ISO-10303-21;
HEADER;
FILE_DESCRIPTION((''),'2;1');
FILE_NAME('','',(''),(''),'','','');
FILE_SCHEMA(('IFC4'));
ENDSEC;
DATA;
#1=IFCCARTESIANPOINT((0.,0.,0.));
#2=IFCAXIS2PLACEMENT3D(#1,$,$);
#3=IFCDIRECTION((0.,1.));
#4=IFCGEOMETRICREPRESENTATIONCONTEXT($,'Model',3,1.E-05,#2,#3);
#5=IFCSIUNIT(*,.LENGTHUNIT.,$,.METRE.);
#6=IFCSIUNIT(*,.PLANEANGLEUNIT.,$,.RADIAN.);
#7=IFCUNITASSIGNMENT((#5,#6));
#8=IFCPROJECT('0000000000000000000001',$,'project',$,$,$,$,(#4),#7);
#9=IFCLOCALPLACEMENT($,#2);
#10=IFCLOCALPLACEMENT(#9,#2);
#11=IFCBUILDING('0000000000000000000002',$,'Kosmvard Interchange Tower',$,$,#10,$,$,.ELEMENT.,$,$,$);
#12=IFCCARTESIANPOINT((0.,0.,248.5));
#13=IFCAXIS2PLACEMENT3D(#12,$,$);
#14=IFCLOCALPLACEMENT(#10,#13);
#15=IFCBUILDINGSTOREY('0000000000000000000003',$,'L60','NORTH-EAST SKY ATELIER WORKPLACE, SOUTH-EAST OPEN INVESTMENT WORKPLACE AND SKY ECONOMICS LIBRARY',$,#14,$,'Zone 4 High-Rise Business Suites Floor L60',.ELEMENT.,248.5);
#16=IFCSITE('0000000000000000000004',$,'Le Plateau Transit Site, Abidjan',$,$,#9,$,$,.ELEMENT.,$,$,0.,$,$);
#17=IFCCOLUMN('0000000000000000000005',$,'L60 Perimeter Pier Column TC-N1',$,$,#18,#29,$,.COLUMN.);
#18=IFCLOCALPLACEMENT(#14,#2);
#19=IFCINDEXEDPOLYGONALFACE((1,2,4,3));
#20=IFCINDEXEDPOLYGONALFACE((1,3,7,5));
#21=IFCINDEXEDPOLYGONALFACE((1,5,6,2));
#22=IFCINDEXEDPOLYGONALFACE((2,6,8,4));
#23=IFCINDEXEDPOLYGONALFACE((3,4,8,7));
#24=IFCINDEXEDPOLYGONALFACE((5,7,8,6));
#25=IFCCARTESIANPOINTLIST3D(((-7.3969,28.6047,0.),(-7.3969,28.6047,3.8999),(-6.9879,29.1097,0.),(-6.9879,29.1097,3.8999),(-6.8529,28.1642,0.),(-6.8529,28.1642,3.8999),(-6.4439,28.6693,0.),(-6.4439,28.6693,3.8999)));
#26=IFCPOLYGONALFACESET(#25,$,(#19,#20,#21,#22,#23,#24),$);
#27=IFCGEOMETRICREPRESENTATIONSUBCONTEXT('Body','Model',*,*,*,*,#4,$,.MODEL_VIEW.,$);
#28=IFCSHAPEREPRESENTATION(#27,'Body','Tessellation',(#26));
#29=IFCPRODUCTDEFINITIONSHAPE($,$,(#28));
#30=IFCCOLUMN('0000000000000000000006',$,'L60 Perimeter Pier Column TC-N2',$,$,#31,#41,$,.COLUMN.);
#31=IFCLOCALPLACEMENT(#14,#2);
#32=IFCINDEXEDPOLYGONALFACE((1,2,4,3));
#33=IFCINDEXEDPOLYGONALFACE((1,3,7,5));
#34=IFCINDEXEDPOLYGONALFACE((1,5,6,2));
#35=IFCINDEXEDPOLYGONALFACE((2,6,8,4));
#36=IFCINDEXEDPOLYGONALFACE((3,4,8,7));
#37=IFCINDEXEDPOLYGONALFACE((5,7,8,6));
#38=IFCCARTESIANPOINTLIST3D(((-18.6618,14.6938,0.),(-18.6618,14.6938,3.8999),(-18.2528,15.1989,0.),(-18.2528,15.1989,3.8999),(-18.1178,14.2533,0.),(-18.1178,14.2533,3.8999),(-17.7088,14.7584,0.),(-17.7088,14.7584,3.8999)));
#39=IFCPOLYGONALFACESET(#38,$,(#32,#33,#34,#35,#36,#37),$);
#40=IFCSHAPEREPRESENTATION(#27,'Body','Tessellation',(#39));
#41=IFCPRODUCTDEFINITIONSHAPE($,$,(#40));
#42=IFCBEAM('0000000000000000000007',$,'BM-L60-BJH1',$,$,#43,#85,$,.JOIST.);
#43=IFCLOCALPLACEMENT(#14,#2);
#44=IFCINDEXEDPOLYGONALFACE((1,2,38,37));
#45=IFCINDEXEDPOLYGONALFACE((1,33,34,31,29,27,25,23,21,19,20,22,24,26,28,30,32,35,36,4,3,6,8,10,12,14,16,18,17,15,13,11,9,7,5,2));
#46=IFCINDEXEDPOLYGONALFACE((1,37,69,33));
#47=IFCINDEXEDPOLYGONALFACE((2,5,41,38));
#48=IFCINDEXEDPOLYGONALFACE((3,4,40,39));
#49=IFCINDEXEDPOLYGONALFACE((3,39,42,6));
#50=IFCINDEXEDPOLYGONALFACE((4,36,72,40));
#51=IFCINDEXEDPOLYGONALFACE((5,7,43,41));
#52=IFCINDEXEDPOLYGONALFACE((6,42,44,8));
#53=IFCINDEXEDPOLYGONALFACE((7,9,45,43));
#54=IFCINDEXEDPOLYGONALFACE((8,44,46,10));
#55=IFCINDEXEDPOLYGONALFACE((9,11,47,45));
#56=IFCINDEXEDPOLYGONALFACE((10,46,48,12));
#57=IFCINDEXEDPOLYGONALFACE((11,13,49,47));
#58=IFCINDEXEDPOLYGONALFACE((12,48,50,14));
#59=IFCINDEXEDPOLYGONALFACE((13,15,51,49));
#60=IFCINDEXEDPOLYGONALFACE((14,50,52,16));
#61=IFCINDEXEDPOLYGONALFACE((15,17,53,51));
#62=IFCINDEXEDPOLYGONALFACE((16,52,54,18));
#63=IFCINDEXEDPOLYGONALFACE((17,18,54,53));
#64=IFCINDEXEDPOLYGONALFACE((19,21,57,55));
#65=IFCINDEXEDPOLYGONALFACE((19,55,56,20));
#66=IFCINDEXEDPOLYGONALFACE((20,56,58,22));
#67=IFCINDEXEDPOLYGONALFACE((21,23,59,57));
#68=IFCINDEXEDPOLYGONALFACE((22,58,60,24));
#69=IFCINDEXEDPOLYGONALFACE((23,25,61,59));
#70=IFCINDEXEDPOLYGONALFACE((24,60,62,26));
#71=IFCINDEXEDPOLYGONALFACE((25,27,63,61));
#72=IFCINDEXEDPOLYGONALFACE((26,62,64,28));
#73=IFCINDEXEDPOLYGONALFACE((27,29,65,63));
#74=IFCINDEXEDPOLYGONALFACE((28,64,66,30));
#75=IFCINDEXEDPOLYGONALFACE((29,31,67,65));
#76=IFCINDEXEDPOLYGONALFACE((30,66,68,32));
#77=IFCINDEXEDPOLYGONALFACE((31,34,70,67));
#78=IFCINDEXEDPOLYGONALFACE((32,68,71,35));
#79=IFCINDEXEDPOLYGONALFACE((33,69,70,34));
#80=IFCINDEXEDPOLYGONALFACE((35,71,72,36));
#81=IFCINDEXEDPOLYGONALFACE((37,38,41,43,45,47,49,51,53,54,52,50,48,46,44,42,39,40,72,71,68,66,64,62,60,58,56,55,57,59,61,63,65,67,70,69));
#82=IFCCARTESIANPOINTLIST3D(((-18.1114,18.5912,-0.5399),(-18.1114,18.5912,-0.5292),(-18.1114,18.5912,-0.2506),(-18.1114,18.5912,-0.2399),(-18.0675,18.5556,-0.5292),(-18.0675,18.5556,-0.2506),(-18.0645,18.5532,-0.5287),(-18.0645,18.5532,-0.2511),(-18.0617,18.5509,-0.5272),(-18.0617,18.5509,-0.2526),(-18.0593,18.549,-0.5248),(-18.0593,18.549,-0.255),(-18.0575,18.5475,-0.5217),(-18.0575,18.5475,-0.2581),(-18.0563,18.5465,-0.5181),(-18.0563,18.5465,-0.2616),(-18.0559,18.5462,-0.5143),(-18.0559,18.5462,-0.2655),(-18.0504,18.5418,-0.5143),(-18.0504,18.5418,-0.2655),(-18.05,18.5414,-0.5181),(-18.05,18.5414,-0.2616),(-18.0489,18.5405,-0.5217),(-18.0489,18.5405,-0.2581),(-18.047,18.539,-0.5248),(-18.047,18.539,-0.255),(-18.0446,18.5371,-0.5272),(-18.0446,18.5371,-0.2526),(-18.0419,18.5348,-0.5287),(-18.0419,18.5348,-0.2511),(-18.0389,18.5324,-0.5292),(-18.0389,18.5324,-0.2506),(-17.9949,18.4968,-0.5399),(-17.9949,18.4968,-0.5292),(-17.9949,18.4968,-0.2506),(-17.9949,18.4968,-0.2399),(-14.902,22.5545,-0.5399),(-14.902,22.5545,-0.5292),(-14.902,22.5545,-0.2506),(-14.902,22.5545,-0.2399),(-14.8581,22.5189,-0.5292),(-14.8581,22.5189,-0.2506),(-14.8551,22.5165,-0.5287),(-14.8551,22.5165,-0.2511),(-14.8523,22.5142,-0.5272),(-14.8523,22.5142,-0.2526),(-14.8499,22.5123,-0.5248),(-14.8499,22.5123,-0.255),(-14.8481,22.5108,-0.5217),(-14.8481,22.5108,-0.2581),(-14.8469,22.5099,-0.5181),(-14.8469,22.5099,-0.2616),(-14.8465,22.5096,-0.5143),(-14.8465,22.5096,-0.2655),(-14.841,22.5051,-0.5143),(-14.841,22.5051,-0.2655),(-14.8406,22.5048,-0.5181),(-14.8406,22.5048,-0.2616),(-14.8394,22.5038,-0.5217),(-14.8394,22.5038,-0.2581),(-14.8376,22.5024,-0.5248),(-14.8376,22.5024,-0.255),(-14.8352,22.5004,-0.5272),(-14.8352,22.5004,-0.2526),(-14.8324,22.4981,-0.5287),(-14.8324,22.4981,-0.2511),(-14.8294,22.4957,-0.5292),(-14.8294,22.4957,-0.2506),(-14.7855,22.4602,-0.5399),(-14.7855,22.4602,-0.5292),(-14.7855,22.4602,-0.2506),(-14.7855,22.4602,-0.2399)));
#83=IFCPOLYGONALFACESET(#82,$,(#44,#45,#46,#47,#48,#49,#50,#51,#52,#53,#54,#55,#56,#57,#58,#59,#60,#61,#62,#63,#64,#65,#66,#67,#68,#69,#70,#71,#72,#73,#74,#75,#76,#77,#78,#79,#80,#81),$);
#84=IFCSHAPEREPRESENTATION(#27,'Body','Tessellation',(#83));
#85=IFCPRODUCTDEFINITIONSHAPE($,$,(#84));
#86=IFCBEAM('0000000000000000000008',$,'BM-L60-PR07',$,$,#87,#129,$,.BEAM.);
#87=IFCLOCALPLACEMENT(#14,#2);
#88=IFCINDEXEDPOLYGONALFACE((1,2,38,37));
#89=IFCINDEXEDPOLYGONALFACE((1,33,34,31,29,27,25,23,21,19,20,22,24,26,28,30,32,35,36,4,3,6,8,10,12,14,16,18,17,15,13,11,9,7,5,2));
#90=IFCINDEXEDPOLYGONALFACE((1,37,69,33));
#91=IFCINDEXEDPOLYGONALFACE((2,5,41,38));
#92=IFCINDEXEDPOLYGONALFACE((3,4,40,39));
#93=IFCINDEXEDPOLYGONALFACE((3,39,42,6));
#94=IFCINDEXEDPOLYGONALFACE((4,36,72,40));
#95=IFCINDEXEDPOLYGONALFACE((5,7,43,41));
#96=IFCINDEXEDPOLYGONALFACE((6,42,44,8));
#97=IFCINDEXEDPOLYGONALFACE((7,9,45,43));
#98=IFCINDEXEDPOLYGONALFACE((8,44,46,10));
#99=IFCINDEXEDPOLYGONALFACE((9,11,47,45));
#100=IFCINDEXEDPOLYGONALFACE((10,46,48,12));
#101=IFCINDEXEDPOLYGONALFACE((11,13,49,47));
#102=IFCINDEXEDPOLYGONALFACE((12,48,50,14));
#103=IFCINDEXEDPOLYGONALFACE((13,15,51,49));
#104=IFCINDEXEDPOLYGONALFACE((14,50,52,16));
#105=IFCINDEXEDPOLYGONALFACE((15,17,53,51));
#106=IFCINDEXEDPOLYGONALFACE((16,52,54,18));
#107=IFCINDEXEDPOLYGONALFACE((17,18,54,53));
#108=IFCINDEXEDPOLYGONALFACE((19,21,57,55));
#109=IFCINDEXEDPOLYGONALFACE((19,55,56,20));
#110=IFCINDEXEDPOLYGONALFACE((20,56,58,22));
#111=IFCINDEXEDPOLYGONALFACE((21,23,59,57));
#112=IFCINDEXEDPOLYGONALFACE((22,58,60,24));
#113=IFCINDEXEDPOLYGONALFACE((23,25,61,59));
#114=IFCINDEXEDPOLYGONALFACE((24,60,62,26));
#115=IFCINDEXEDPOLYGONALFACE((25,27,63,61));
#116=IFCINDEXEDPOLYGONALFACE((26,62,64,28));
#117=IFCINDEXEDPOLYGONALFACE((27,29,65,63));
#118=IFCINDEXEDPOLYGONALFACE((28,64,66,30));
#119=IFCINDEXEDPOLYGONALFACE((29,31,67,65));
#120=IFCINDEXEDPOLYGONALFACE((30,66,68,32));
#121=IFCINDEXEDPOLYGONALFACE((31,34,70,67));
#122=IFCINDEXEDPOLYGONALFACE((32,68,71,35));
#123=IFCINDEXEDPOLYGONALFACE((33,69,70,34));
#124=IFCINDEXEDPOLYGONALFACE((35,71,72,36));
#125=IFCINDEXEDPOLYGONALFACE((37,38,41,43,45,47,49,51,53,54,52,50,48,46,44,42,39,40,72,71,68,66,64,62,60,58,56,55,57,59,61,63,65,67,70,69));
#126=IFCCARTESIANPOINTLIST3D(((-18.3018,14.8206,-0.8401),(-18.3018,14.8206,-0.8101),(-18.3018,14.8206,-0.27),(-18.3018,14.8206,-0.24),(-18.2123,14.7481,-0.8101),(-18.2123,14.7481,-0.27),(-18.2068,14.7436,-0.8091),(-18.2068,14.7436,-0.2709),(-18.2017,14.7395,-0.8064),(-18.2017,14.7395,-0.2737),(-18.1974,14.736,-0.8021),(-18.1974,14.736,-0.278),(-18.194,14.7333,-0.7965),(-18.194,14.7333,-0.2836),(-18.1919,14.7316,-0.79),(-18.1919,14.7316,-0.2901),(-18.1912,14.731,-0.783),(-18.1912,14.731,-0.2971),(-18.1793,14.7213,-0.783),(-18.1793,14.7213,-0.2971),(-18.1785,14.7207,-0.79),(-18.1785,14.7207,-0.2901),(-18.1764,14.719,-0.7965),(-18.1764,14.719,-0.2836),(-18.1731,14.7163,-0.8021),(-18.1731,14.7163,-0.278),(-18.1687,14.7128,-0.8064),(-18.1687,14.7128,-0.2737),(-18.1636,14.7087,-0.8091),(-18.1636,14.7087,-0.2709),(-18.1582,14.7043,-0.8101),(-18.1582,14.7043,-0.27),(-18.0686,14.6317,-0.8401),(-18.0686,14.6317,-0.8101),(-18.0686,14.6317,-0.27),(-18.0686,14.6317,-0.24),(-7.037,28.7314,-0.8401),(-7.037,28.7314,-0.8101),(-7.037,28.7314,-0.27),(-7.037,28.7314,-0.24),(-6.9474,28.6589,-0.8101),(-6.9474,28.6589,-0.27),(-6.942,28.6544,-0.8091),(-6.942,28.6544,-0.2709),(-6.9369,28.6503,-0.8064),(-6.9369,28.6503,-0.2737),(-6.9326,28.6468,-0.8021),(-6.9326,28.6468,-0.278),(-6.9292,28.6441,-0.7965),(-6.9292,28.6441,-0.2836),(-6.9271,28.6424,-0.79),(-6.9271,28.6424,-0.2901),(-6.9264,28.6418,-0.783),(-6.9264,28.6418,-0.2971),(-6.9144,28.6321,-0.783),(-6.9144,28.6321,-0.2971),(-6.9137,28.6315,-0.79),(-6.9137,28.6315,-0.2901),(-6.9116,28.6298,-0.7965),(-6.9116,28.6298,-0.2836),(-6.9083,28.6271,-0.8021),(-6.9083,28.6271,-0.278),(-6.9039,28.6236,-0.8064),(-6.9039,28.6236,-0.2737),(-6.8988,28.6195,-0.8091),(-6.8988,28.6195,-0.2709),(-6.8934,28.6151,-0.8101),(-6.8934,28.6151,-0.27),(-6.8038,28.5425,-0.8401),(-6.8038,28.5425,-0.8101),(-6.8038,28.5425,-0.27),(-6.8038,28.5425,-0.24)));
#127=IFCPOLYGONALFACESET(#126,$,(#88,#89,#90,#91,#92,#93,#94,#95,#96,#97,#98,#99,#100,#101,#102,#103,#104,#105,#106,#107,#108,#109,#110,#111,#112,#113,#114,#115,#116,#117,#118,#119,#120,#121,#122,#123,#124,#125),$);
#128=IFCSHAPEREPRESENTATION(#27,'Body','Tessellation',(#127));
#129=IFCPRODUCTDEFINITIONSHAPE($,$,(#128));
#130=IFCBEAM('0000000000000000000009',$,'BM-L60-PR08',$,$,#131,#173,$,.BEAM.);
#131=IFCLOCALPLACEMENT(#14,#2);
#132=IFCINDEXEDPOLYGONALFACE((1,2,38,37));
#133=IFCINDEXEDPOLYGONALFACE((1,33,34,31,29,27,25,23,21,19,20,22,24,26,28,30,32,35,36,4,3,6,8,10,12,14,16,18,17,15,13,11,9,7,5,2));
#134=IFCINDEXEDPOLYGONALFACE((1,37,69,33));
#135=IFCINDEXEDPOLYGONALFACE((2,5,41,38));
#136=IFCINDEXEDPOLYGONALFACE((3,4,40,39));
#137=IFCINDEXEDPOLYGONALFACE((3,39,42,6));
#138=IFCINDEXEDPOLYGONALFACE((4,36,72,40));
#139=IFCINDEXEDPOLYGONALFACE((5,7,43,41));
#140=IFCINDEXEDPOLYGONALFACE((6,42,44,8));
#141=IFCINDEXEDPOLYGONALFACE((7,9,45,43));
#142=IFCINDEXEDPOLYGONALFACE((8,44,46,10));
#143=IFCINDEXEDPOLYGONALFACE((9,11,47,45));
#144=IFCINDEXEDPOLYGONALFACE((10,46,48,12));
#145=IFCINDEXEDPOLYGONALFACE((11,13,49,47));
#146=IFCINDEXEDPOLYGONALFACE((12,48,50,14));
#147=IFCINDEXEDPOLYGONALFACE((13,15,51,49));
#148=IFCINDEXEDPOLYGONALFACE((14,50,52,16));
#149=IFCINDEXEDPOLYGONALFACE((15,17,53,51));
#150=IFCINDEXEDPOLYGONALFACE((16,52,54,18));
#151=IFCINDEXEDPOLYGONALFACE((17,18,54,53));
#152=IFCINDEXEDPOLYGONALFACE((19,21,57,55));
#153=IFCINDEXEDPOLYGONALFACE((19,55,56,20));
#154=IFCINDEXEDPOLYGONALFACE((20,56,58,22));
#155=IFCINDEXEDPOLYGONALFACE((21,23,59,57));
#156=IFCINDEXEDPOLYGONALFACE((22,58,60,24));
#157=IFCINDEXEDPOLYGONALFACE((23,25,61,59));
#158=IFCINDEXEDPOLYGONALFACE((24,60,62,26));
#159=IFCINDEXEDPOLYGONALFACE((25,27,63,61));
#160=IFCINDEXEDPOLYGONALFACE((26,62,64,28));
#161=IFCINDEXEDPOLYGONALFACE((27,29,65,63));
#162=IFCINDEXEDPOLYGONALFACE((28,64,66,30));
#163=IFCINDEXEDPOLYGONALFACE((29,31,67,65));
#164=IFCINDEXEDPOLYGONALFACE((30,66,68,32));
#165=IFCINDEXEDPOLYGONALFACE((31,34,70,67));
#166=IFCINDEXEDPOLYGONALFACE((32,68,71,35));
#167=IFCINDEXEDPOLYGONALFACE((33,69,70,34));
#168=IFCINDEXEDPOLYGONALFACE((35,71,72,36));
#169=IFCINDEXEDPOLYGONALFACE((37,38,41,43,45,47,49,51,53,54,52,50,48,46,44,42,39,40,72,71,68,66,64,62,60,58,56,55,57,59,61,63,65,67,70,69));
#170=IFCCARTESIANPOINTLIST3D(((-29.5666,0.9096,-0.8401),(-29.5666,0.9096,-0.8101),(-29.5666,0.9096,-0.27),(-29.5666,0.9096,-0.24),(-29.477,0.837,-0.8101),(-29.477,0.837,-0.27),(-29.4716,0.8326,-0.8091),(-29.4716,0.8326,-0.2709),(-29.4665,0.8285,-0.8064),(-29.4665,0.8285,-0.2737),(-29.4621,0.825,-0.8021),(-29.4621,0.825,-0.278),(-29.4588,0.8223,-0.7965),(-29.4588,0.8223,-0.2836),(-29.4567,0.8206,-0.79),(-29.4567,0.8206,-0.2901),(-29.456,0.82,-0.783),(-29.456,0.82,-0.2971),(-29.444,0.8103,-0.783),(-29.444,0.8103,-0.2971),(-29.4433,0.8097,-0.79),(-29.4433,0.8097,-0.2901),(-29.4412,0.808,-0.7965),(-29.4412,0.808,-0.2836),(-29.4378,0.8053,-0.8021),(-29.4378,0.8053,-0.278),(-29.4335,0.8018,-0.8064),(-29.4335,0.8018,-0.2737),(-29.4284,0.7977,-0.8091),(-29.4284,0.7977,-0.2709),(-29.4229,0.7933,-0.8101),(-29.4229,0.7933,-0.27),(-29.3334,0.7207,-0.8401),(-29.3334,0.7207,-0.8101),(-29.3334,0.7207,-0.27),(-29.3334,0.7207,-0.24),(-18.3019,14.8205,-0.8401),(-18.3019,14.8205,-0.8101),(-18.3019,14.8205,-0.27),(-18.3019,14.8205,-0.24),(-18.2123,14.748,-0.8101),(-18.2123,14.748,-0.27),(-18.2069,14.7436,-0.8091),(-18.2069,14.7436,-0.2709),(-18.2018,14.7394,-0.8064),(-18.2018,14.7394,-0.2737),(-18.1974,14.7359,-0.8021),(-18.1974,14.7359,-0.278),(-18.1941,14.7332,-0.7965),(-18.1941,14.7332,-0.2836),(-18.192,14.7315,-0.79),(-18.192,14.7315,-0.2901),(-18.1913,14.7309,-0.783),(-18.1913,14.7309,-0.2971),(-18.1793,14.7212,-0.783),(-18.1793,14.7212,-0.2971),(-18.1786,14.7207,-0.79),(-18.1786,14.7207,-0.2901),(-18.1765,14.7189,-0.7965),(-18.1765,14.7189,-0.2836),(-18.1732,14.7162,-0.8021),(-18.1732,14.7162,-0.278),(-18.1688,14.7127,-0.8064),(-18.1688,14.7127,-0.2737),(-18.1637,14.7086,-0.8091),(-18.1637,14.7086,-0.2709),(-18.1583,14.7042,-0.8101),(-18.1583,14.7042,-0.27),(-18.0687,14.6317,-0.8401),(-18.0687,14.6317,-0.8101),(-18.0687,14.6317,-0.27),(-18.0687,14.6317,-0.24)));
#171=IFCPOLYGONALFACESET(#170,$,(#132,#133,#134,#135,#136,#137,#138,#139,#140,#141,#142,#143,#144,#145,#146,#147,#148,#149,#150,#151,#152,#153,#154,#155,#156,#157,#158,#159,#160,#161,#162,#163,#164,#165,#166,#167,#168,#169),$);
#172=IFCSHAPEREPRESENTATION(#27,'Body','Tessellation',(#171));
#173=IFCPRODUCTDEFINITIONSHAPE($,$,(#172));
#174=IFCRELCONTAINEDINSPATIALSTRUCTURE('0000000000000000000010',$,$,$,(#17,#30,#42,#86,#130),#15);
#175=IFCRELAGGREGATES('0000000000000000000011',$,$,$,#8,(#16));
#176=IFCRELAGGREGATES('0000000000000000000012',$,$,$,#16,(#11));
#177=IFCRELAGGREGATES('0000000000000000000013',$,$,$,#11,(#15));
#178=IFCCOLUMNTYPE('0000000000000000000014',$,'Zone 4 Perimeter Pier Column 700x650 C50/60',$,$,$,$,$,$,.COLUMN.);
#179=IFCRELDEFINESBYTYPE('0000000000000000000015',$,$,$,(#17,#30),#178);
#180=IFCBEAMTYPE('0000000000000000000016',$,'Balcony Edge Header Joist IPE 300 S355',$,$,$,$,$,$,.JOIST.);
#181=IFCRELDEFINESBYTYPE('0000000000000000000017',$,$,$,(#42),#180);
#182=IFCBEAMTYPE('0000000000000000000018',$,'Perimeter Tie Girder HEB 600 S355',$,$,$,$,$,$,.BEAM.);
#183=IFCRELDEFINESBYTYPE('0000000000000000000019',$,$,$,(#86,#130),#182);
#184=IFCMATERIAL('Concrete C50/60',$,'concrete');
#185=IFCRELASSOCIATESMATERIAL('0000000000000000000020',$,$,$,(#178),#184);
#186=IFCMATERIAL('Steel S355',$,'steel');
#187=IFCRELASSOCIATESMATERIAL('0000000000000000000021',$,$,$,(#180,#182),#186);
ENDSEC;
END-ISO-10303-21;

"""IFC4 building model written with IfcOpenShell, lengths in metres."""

from ifc_helpers import new_model, si_unit, direction, frame, origin, origin_2d, place, context, subcontext, project, spatial, rectangle, i_section, extrude, source, transform, mapped, material, material_profile, profile_set, type_object, element, save


model = new_model("IFC4")

# Units and contexts
model_context = context("Model", 3, precision=1e-05, world=origin(), true_north=direction((0.0, 1.0)))
body_context = subcontext(model_context, "Body", "Model", "MODEL_VIEW")
ifc_project = project(units=[si_unit("LENGTHUNIT", "METRE"), si_unit("PLANEANGLEUNIT", "RADIAN")], contexts=[model_context])

# Site, building, storey
site_placement = place(None, origin())
site = spatial("IfcSite", under=ifc_project, at=site_placement, Name="Le Plateau Transit Site, Abidjan", CompositionType="ELEMENT", RefElevation=0.0)
building_placement = place(site_placement, origin())
building = spatial("IfcBuilding", under=site, at=building_placement, Name="Kosmvard Interchange Tower", CompositionType="ELEMENT")
storey_placement = place(building_placement, frame((0.0, 0.0, 248.5)))
storey = spatial("IfcBuildingStorey", under=building, at=storey_placement, Name="L60", Description="NORTH-EAST SKY ATELIER WORKPLACE, SOUTH-EAST OPEN INVESTMENT WORKPLACE AND SKY ECONOMICS LIBRARY", LongName="Zone 4 High-Rise Business Suites Floor L60", CompositionType="ELEMENT", Elevation=248.5)

# Columns
ifc_material_1 = material(Name="Concrete C50/60", Category="concrete")
ifc_material_profile_1 = material_profile(ifc_material_1, rectangle(XDim=0.6499, YDim=0.7, at=origin_2d()), Name="TC 700x650")
ifc_profile_set_1 = profile_set([ifc_material_profile_1], Name="Concrete C50/60")
column_type = type_object("IfcColumnType", Name="Zone 4 Perimeter Pier Column 700x650 C50/60", PredefinedType="COLUMN", material=ifc_profile_set_1)
shared_shape_1 = source(origin(), body_context, "Body", "SweptSolid", [
    extrude(rectangle(XDim=0.6499, YDim=0.7, at=origin_2d()), origin(), (0.0, 0.0, 1.0), 3.8999),
])
for number, where, z_axis, x_axis, name in (
    (1, (-6.9204, 28.637, 0.0), (0.0, 0.0, 1.0), (0.62932, 0.777146, 0.0), "L60 Perimeter Pier Column TC-N1"),
    (2, (-18.1853, 14.7261, 0.0), (0.0, 0.0, 1.0), (0.62932, 0.777146, 0.0), "L60 Perimeter Pier Column TC-N2"),
):
    element("IfcColumn", number, at=place(storey_placement, frame(where, z_axis=z_axis, x_axis=x_axis)), inside=storey, type_object=column_type, Name=name, PredefinedType="COLUMN", context=body_context, shape_type="MappedRepresentation", body=[
        mapped(shared_shape_1, transform((0.0, 0.0, 0.0), scale=1.0)),
    ])

# Beams
ifc_material_2 = material(Name="Steel S355", Category="steel")
ifc_material_profile_2 = material_profile(ifc_material_2, i_section(OverallWidth=0.1499, OverallDepth=0.3, WebThickness=0.0071, FlangeThickness=0.0107, FilletRadius=0.0149, at=origin_2d()), Name="IPE 300")
ifc_profile_set_2 = profile_set([ifc_material_profile_2], Name="Steel S355")
beam_type_1 = type_object("IfcBeamType", Name="Balcony Edge Header Joist IPE 300 S355", PredefinedType="JOIST", material=ifc_profile_set_2)
shared_shape_2 = source(origin(), body_context, "Body", "SweptSolid", [
    extrude(i_section(OverallWidth=0.1499, OverallDepth=0.3, WebThickness=0.0071, FlangeThickness=0.0107, FilletRadius=0.0149, at=origin_2d()), origin(), (0.0, 0.0, 1.0), 5.0999),
])
beam_1_placement = place(storey_placement, frame((-14.8438, 22.5073, -0.3899), z_axis=(-0.629319, -0.777147, 0.0), x_axis=(0.777147, -0.629319, 0.0)))
element("IfcBeam", 3, at=beam_1_placement, inside=storey, type_object=beam_type_1, Name="BM-L60-BJH1", PredefinedType="JOIST", context=body_context, shape_type="MappedRepresentation", body=[
    mapped(shared_shape_2, transform((0.0, 0.0, 0.0), scale=1.0)),
])
ifc_material_profile_3 = material_profile(ifc_material_2, i_section(OverallWidth=0.3, OverallDepth=0.6001, WebThickness=0.0154, FlangeThickness=0.03, FilletRadius=0.0271, at=origin_2d()), Name="HEB 600")
ifc_profile_set_3 = profile_set([ifc_material_profile_3], Name="Steel S355")
beam_type_2 = type_object("IfcBeamType", Name="Perimeter Tie Girder HEB 600 S355", PredefinedType="BEAM", material=ifc_profile_set_3)
shared_shape_3 = source(origin(), body_context, "Body", "SweptSolid", [
    extrude(i_section(OverallWidth=0.3, OverallDepth=0.6001, WebThickness=0.0154, FlangeThickness=0.03, FilletRadius=0.0271, at=origin_2d()), origin(), (0.0, 0.0, 1.0), 17.8999),
])
for number, where, z_axis, x_axis, name in (
    (4, (-6.9204, 28.637, -0.54), (-0.629323, -0.777144, 0.0), (0.777144, -0.629323, 0.0), "BM-L60-PR07"),
    (5, (-18.1853, 14.7261, -0.54), (-0.629315, -0.777151, 0.0), (0.777151, -0.629315, 0.0), "BM-L60-PR08"),
):
    element("IfcBeam", number, at=place(storey_placement, frame(where, z_axis=z_axis, x_axis=x_axis)), inside=storey, type_object=beam_type_2, Name=name, PredefinedType="BEAM", context=body_context, shape_type="MappedRepresentation", body=[
        mapped(shared_shape_3, transform((0.0, 0.0, 0.0), scale=1.0)),
    ])

save(model, "model.ifc")
